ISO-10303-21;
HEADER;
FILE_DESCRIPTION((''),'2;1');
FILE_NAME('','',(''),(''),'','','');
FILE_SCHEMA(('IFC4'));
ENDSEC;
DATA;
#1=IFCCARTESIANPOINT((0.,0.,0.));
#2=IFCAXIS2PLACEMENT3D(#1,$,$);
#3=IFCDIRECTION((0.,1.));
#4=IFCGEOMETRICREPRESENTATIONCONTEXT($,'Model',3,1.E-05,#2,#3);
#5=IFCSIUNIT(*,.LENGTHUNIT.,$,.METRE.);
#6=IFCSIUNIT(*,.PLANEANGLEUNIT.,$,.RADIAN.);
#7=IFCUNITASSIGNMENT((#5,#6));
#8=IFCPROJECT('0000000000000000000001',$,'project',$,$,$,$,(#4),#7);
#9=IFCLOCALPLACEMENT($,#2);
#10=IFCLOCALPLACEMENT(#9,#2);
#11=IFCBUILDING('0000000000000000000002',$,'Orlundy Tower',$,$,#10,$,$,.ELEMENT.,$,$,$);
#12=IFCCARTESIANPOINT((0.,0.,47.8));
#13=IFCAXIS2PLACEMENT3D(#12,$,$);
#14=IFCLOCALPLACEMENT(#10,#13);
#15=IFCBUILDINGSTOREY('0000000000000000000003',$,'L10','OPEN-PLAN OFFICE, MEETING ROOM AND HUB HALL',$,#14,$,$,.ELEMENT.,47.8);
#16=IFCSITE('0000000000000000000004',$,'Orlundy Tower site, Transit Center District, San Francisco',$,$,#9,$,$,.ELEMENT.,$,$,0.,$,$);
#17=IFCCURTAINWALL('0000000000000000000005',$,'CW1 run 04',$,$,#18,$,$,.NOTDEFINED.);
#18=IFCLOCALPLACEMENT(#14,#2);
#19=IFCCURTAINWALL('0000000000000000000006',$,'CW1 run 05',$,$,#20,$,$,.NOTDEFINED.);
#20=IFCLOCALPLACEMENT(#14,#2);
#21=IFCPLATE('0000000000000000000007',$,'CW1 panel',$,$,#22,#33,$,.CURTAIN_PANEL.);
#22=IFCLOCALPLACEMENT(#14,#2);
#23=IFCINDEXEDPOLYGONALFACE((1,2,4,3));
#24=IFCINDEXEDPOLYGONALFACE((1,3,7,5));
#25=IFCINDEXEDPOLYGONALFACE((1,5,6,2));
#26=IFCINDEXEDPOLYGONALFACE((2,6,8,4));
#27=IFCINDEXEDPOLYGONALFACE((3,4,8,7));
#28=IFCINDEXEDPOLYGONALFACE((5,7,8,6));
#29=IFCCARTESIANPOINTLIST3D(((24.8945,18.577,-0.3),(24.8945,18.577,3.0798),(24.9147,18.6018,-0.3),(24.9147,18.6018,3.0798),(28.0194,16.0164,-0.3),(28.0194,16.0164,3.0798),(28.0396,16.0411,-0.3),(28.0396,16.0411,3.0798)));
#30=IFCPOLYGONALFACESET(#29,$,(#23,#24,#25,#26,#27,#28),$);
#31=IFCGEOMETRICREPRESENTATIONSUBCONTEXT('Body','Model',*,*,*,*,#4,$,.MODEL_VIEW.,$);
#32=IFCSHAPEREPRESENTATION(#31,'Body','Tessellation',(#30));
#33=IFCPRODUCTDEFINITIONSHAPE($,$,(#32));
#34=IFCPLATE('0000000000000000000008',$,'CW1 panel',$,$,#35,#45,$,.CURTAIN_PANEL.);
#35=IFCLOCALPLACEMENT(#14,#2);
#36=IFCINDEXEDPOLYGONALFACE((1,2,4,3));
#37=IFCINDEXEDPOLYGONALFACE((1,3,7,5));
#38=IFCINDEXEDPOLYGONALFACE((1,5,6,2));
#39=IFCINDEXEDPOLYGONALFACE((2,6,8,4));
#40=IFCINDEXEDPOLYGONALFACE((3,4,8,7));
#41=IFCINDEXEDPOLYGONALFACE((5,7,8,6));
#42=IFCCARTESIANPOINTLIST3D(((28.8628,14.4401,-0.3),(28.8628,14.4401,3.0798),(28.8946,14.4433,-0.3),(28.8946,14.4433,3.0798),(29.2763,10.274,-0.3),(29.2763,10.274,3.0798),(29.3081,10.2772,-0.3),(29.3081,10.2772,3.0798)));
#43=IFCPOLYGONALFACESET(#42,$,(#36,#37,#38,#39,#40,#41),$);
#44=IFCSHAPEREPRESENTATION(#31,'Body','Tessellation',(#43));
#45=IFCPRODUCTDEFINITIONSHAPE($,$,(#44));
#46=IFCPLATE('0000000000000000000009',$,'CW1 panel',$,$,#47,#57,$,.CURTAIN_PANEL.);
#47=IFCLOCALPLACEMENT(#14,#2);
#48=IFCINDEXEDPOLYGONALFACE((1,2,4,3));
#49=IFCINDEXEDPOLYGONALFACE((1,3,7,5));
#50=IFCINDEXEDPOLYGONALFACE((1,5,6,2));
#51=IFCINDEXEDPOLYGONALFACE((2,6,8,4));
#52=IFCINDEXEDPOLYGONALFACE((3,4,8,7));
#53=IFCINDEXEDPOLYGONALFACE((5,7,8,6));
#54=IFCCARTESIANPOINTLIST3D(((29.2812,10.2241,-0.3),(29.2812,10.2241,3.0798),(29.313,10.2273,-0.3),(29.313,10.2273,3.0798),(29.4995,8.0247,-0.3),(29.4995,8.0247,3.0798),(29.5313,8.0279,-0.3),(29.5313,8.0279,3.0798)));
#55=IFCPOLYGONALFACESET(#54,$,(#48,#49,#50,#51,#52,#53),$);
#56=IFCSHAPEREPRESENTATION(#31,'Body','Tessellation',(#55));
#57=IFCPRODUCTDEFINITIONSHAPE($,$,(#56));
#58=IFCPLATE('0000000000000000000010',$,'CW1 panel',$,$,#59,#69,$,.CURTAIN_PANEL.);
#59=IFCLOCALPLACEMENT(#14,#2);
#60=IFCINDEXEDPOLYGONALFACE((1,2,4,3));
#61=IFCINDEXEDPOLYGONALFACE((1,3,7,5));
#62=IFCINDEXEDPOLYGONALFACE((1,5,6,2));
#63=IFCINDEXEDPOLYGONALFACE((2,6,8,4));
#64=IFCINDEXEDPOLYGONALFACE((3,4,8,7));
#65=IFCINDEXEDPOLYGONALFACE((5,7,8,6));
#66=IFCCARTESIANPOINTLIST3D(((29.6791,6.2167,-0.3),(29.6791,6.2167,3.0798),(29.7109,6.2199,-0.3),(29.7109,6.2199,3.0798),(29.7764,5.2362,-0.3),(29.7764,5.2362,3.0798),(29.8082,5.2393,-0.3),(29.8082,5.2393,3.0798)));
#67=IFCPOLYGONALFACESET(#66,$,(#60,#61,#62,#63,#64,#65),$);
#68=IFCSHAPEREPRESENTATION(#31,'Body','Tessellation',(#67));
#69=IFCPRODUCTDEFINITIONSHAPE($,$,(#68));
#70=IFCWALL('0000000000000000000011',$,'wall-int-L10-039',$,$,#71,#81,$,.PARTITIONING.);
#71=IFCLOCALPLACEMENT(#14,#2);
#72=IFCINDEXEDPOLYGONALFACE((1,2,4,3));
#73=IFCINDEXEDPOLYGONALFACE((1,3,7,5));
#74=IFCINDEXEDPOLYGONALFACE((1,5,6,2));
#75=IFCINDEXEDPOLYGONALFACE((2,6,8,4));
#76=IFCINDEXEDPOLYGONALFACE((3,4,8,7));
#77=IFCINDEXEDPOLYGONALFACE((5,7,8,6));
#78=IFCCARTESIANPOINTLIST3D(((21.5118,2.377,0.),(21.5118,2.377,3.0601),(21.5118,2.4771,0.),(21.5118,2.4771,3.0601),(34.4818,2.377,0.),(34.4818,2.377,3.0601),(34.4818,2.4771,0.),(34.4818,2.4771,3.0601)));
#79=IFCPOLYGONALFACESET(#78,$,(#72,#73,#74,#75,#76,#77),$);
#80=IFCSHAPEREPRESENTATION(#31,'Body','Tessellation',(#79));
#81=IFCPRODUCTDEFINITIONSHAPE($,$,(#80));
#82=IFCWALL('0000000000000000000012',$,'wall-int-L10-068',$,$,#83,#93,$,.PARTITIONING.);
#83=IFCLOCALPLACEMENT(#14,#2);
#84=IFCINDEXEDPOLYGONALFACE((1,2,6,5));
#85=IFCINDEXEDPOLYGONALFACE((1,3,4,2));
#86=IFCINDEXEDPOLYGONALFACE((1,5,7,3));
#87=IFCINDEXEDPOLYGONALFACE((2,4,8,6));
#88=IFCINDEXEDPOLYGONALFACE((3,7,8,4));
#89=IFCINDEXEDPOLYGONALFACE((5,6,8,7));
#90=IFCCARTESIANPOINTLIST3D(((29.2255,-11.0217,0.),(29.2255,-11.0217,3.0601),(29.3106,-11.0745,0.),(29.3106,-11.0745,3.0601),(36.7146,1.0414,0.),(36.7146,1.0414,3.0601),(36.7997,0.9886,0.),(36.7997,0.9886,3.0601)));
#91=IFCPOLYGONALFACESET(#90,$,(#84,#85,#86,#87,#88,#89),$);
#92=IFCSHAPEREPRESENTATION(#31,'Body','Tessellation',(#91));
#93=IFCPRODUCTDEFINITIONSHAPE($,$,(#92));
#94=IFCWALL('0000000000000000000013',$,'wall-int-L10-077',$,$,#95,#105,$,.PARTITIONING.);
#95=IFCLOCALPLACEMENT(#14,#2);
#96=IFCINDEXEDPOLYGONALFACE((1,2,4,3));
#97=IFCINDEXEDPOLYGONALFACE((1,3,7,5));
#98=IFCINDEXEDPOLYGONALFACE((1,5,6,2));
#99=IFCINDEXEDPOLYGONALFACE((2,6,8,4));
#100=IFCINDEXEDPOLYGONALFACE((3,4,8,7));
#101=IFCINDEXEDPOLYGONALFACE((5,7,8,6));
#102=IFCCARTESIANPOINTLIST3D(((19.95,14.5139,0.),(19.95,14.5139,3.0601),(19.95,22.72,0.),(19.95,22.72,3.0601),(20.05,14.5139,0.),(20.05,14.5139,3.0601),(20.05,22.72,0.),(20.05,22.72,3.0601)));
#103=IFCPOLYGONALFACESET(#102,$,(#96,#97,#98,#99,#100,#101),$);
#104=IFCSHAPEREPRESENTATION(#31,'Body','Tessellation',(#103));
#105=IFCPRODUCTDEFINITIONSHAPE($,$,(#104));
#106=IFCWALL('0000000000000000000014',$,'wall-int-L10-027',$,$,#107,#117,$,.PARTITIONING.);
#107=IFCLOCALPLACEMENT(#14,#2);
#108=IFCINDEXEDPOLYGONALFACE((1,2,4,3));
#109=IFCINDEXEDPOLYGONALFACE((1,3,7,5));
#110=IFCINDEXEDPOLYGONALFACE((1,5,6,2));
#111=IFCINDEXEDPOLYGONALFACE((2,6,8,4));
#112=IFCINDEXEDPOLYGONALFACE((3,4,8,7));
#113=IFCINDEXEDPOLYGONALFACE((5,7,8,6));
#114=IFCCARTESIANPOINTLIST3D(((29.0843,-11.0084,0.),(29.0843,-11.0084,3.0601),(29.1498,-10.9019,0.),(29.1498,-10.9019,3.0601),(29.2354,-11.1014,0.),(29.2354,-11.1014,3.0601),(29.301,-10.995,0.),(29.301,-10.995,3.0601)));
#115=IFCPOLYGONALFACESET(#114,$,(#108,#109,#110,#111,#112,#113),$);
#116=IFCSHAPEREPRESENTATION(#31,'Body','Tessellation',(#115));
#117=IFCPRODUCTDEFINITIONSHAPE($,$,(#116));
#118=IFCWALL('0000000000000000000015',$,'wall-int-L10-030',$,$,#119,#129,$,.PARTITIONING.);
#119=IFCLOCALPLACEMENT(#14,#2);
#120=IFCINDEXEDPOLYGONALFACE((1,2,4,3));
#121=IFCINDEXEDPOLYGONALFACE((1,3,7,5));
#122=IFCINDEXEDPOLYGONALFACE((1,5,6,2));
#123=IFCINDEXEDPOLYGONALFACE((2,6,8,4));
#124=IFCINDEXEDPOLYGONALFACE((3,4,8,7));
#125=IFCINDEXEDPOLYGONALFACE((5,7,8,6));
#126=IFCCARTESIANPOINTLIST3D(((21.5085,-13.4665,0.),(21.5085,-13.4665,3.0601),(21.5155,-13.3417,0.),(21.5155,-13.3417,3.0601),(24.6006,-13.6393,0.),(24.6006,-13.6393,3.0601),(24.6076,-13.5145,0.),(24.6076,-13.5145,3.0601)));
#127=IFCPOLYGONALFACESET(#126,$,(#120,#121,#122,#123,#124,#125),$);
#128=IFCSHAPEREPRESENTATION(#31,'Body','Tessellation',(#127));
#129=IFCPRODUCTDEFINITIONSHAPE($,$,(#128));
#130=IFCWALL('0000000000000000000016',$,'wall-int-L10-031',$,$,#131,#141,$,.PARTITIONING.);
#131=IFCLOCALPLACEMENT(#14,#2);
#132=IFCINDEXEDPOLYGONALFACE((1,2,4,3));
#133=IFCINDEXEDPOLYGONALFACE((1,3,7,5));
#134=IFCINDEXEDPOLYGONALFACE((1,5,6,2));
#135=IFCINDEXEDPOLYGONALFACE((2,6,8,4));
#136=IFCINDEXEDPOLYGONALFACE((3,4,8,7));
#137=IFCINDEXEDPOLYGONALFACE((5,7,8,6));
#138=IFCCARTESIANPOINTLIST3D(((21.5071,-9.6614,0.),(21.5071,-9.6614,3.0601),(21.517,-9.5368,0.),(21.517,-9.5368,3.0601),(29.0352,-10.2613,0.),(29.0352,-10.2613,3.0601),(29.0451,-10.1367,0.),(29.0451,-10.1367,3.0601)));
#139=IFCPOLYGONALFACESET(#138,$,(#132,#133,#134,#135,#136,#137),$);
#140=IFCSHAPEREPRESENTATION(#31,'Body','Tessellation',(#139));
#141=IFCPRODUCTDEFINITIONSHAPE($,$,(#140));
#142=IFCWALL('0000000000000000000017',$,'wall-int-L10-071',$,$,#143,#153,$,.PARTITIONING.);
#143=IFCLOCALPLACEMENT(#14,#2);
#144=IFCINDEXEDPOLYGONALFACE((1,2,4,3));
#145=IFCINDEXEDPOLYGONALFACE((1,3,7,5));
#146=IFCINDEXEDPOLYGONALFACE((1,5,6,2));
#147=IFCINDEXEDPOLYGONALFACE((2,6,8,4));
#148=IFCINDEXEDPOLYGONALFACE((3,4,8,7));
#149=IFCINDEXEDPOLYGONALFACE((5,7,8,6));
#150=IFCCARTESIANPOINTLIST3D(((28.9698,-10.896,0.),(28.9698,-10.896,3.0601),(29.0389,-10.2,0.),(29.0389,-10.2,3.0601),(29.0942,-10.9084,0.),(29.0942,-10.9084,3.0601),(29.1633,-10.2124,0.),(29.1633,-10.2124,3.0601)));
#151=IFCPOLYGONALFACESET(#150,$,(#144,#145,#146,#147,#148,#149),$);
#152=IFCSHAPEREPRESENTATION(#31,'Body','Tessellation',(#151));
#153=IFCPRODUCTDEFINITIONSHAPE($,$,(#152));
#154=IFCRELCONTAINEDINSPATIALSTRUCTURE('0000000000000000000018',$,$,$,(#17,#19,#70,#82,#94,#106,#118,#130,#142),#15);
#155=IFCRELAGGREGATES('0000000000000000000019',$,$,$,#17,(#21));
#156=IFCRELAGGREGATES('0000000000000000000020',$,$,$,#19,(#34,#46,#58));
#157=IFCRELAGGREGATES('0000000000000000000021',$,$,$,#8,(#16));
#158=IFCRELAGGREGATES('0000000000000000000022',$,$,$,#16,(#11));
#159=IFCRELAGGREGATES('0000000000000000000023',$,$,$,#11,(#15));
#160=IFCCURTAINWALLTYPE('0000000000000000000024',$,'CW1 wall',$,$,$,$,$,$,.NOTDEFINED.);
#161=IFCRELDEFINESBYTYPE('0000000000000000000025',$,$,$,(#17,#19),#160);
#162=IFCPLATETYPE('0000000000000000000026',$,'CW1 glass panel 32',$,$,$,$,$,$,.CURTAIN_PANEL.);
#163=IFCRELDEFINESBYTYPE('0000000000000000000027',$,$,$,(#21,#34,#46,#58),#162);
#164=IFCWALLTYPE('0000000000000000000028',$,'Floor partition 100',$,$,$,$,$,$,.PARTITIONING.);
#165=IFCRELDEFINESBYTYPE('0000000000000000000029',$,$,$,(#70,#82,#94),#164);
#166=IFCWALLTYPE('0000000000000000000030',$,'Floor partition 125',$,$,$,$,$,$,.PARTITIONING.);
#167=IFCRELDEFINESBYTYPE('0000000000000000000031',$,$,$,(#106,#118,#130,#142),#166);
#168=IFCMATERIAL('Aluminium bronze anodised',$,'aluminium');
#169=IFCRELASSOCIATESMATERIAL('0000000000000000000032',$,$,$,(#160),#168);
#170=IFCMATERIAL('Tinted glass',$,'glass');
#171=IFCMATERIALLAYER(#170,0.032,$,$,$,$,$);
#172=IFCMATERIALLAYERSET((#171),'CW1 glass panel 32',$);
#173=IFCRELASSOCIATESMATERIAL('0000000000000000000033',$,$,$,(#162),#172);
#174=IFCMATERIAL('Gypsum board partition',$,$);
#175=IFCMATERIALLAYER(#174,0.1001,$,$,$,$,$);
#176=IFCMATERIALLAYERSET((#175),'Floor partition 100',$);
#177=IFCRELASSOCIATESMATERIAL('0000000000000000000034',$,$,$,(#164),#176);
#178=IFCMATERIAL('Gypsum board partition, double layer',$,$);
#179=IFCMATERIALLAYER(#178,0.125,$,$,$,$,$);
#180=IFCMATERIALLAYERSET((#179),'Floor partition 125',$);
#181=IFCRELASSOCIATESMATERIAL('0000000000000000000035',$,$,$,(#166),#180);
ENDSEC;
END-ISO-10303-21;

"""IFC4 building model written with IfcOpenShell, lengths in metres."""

from ifc_helpers import new_model, si_unit, direction, frame, frame_2d, origin, origin_2d, place, context, subcontext, project, spatial, rectangle, extrude, material, layer, layer_set, type_object, element, aggregate, save


model = new_model("IFC4")

# Units and contexts
model_context = context("Model", 3, precision=1e-05, world=origin(), true_north=direction((0.0, 1.0)))
body_context = subcontext(model_context, "Body", "Model", "MODEL_VIEW")
ifc_project = project(units=[si_unit("LENGTHUNIT", "METRE"), si_unit("PLANEANGLEUNIT", "RADIAN")], contexts=[model_context])

# Site, building, storey
site_placement = place(None, origin())
site = spatial("IfcSite", under=ifc_project, at=site_placement, Name="Orlundy Tower site, Transit Center District, San Francisco", CompositionType="ELEMENT", RefElevation=0.0)
building_placement = place(site_placement, origin())
building = spatial("IfcBuilding", under=site, at=building_placement, Name="Orlundy Tower", CompositionType="ELEMENT")
storey_placement = place(building_placement, frame((0.0, 0.0, 47.8)))
storey = spatial("IfcBuildingStorey", under=building, at=storey_placement, Name="L10", Description="OPEN-PLAN OFFICE, MEETING ROOM AND HUB HALL", CompositionType="ELEMENT", Elevation=47.8)

# Shared definitions
ifc_material_1 = material(Name="Aluminium bronze anodised", Category="aluminium")
curtain_wall_type = type_object("IfcCurtainWallType", Name="CW1 wall", PredefinedType="NOTDEFINED", material=ifc_material_1)

# Curtain wall
curtain_wall_1_placement = place(storey_placement, origin())
curtain_wall_1 = element("IfcCurtainWall", 1, at=curtain_wall_1_placement, inside=storey, type_object=curtain_wall_type, Name="CW1 run 04", PredefinedType="NOTDEFINED")

# Curtain wall
curtain_wall_2_placement = place(storey_placement, origin())
curtain_wall_2 = element("IfcCurtainWall", 2, at=curtain_wall_2_placement, inside=storey, type_object=curtain_wall_type, Name="CW1 run 05", PredefinedType="NOTDEFINED")

# Plates
ifc_material_2 = material(Name="Tinted glass", Category="glass")
ifc_layer_1 = layer(ifc_material_2, 0.032)
ifc_layer_set_1 = layer_set([ifc_layer_1], Name="CW1 glass panel 32")
plate_type = type_object("IfcPlateType", Name="CW1 glass panel 32", PredefinedType="CURTAIN_PANEL", material=ifc_layer_set_1)
plate_1_placement = place(storey_placement, frame((26.467, 17.3091, -0.3), z_axis=(0.0, 0.0, 1.0), x_axis=(0.773482, -0.633818, 0.0)))
plate_1 = element("IfcPlate", 3, at=plate_1_placement, type_object=plate_type, Name="CW1 panel", PredefinedType="CURTAIN_PANEL", context=body_context, shape_type="SweptSolid", body=[
    extrude(rectangle(XDim=4.04, YDim=0.032, at=origin_2d()), origin(), (0.0, 0.0, 1.0), 3.3799),
])
aggregate(curtain_wall_1, [plate_1])
plate_2_placement = place(storey_placement, frame((29.0854, 12.3586, -0.3), z_axis=(0.0, 0.0, 1.0), x_axis=(0.098759, -0.995111, 0.0)))
plate_2 = element("IfcPlate", 4, at=plate_2_placement, type_object=plate_type, Name="CW1 panel", PredefinedType="CURTAIN_PANEL", context=body_context, shape_type="SweptSolid", body=[
    extrude(rectangle(XDim=4.1865, YDim=0.032, at=origin_2d()), origin(), (0.0, 0.0, 1.0), 3.3799),
])
plate_3_placement = place(storey_placement, frame((29.4062, 9.126, -0.3), z_axis=(0.0, 0.0, 1.0), x_axis=(0.098759, -0.995111, 0.0)))
plate_3 = element("IfcPlate", 5, at=plate_3_placement, type_object=plate_type, Name="CW1 panel", PredefinedType="CURTAIN_PANEL", context=body_context, shape_type="SweptSolid", body=[
    extrude(rectangle(XDim=2.2102, YDim=0.032, at=origin_2d()), origin(), (0.0, 0.0, 1.0), 3.3799),
])
plate_4_placement = place(storey_placement, frame((29.7437, 5.728, -0.3), z_axis=(0.0, 0.0, 1.0), x_axis=(0.098759, -0.995111, 0.0)))
plate_4 = element("IfcPlate", 6, at=plate_4_placement, type_object=plate_type, Name="CW1 panel", PredefinedType="CURTAIN_PANEL", context=body_context, shape_type="SweptSolid", body=[
    extrude(rectangle(XDim=0.9854, YDim=0.032, at=origin_2d()), origin(), (0.0, 0.0, 1.0), 3.3799),
])
aggregate(curtain_wall_2, [plate_2, plate_3, plate_4])

# Walls
ifc_material_3 = material(Name="Gypsum board partition")
ifc_layer_2 = layer(ifc_material_3, 0.1001)
ifc_layer_set_2 = layer_set([ifc_layer_2], Name="Floor partition 100")
wall_type_1 = type_object("IfcWallType", Name="Floor partition 100", PredefinedType="PARTITIONING", material=ifc_layer_set_2)
wall_1_placement = place(storey_placement, frame((21.512, 2.427, 0.0), z_axis=(0.0, 0.0, 1.0), x_axis=(1.0, 0.0, 0.0)))
element("IfcWall", 7, at=wall_1_placement, inside=storey, type_object=wall_type_1, Name="wall-int-L10-039", PredefinedType="PARTITIONING", context=body_context, shape_type="SweptSolid", body=[
    extrude(rectangle(XDim=12.97, YDim=0.1001, at=frame_2d((6.4849, 0.0))), origin(), (0.0, 0.0, 1.0), 3.0601),
])
wall_2_placement = place(storey_placement, frame((29.2681, -11.0481, 0.0), z_axis=(0.0, 0.0, 1.0), x_axis=(0.527446, 0.849588, 0.0)))
element("IfcWall", 8, at=wall_2_placement, inside=storey, type_object=wall_type_1, Name="wall-int-L10-068", PredefinedType="PARTITIONING", context=body_context, shape_type="SweptSolid", body=[
    extrude(rectangle(XDim=14.1987, YDim=0.1001, at=frame_2d((7.0994, 0.0))), origin(), (0.0, 0.0, 1.0), 3.0601),
])
wall_3_placement = place(storey_placement, frame((20.0, 14.5139, 0.0), z_axis=(0.0, 0.0, 1.0), x_axis=(0.0, 1.0, 0.0)))
element("IfcWall", 9, at=wall_3_placement, inside=storey, type_object=wall_type_1, Name="wall-int-L10-077", PredefinedType="PARTITIONING", context=body_context, shape_type="SweptSolid", body=[
    extrude(rectangle(XDim=8.2061, YDim=0.1001, at=frame_2d((4.103, 0.0))), origin(), (0.0, 0.0, 1.0), 3.0601),
])
ifc_material_4 = material(Name="Gypsum board partition, double layer")
ifc_layer_3 = layer(ifc_material_4, 0.125)
ifc_layer_set_3 = layer_set([ifc_layer_3], Name="Floor partition 125")
wall_type_2 = type_object("IfcWallType", Name="Floor partition 125", PredefinedType="PARTITIONING", material=ifc_layer_set_3)
wall_4_placement = place(storey_placement, frame((29.1169, -10.9551, 0.0), z_axis=(0.0, 0.0, 1.0), x_axis=(0.851611, -0.524174, 0.0)))
element("IfcWall", 10, at=wall_4_placement, inside=storey, type_object=wall_type_2, Name="wall-int-L10-027", PredefinedType="PARTITIONING", context=body_context, shape_type="SweptSolid", body=[
    extrude(rectangle(XDim=0.1775, YDim=0.125, at=frame_2d((0.0889, 0.0))), origin(), (0.0, 0.0, 1.0), 3.0601),
])
wall_5_placement = place(storey_placement, frame((24.604, -13.5769, 0.0), z_axis=(0.0, 0.0, 1.0), x_axis=(-0.998441, 0.055815, 0.0)))
element("IfcWall", 11, at=wall_5_placement, inside=storey, type_object=wall_type_2, Name="wall-int-L10-030", PredefinedType="PARTITIONING", context=body_context, shape_type="SweptSolid", body=[
    extrude(rectangle(XDim=3.0969, YDim=0.125, at=frame_2d((1.5483, 0.0))), origin(), (0.0, 0.0, 1.0), 3.0601),
])
wall_6_placement = place(storey_placement, frame((29.04, -10.199, 0.0), z_axis=(0.0, 0.0, 1.0), x_axis=(-0.99684, 0.07943, 0.0)))
element("IfcWall", 12, at=wall_6_placement, inside=storey, type_object=wall_type_2, Name="wall-int-L10-031", PredefinedType="PARTITIONING", context=body_context, shape_type="SweptSolid", body=[
    extrude(rectangle(XDim=7.552, YDim=0.125, at=frame_2d((3.7759, 0.0))), origin(), (0.0, 0.0, 1.0), 3.0601),
])
wall_7_placement = place(storey_placement, frame((29.032, -10.9021, 0.0), z_axis=(0.0, 0.0, 1.0), x_axis=(0.098778, 0.995109, 0.0)))
element("IfcWall", 13, at=wall_7_placement, inside=storey, type_object=wall_type_2, Name="wall-int-L10-071", PredefinedType="PARTITIONING", context=body_context, shape_type="SweptSolid", body=[
    extrude(rectangle(XDim=0.6995, YDim=0.125, at=frame_2d((0.3496, 0.0))), origin(), (0.0, 0.0, 1.0), 3.0601),
])

save(model, "model.ifc")
